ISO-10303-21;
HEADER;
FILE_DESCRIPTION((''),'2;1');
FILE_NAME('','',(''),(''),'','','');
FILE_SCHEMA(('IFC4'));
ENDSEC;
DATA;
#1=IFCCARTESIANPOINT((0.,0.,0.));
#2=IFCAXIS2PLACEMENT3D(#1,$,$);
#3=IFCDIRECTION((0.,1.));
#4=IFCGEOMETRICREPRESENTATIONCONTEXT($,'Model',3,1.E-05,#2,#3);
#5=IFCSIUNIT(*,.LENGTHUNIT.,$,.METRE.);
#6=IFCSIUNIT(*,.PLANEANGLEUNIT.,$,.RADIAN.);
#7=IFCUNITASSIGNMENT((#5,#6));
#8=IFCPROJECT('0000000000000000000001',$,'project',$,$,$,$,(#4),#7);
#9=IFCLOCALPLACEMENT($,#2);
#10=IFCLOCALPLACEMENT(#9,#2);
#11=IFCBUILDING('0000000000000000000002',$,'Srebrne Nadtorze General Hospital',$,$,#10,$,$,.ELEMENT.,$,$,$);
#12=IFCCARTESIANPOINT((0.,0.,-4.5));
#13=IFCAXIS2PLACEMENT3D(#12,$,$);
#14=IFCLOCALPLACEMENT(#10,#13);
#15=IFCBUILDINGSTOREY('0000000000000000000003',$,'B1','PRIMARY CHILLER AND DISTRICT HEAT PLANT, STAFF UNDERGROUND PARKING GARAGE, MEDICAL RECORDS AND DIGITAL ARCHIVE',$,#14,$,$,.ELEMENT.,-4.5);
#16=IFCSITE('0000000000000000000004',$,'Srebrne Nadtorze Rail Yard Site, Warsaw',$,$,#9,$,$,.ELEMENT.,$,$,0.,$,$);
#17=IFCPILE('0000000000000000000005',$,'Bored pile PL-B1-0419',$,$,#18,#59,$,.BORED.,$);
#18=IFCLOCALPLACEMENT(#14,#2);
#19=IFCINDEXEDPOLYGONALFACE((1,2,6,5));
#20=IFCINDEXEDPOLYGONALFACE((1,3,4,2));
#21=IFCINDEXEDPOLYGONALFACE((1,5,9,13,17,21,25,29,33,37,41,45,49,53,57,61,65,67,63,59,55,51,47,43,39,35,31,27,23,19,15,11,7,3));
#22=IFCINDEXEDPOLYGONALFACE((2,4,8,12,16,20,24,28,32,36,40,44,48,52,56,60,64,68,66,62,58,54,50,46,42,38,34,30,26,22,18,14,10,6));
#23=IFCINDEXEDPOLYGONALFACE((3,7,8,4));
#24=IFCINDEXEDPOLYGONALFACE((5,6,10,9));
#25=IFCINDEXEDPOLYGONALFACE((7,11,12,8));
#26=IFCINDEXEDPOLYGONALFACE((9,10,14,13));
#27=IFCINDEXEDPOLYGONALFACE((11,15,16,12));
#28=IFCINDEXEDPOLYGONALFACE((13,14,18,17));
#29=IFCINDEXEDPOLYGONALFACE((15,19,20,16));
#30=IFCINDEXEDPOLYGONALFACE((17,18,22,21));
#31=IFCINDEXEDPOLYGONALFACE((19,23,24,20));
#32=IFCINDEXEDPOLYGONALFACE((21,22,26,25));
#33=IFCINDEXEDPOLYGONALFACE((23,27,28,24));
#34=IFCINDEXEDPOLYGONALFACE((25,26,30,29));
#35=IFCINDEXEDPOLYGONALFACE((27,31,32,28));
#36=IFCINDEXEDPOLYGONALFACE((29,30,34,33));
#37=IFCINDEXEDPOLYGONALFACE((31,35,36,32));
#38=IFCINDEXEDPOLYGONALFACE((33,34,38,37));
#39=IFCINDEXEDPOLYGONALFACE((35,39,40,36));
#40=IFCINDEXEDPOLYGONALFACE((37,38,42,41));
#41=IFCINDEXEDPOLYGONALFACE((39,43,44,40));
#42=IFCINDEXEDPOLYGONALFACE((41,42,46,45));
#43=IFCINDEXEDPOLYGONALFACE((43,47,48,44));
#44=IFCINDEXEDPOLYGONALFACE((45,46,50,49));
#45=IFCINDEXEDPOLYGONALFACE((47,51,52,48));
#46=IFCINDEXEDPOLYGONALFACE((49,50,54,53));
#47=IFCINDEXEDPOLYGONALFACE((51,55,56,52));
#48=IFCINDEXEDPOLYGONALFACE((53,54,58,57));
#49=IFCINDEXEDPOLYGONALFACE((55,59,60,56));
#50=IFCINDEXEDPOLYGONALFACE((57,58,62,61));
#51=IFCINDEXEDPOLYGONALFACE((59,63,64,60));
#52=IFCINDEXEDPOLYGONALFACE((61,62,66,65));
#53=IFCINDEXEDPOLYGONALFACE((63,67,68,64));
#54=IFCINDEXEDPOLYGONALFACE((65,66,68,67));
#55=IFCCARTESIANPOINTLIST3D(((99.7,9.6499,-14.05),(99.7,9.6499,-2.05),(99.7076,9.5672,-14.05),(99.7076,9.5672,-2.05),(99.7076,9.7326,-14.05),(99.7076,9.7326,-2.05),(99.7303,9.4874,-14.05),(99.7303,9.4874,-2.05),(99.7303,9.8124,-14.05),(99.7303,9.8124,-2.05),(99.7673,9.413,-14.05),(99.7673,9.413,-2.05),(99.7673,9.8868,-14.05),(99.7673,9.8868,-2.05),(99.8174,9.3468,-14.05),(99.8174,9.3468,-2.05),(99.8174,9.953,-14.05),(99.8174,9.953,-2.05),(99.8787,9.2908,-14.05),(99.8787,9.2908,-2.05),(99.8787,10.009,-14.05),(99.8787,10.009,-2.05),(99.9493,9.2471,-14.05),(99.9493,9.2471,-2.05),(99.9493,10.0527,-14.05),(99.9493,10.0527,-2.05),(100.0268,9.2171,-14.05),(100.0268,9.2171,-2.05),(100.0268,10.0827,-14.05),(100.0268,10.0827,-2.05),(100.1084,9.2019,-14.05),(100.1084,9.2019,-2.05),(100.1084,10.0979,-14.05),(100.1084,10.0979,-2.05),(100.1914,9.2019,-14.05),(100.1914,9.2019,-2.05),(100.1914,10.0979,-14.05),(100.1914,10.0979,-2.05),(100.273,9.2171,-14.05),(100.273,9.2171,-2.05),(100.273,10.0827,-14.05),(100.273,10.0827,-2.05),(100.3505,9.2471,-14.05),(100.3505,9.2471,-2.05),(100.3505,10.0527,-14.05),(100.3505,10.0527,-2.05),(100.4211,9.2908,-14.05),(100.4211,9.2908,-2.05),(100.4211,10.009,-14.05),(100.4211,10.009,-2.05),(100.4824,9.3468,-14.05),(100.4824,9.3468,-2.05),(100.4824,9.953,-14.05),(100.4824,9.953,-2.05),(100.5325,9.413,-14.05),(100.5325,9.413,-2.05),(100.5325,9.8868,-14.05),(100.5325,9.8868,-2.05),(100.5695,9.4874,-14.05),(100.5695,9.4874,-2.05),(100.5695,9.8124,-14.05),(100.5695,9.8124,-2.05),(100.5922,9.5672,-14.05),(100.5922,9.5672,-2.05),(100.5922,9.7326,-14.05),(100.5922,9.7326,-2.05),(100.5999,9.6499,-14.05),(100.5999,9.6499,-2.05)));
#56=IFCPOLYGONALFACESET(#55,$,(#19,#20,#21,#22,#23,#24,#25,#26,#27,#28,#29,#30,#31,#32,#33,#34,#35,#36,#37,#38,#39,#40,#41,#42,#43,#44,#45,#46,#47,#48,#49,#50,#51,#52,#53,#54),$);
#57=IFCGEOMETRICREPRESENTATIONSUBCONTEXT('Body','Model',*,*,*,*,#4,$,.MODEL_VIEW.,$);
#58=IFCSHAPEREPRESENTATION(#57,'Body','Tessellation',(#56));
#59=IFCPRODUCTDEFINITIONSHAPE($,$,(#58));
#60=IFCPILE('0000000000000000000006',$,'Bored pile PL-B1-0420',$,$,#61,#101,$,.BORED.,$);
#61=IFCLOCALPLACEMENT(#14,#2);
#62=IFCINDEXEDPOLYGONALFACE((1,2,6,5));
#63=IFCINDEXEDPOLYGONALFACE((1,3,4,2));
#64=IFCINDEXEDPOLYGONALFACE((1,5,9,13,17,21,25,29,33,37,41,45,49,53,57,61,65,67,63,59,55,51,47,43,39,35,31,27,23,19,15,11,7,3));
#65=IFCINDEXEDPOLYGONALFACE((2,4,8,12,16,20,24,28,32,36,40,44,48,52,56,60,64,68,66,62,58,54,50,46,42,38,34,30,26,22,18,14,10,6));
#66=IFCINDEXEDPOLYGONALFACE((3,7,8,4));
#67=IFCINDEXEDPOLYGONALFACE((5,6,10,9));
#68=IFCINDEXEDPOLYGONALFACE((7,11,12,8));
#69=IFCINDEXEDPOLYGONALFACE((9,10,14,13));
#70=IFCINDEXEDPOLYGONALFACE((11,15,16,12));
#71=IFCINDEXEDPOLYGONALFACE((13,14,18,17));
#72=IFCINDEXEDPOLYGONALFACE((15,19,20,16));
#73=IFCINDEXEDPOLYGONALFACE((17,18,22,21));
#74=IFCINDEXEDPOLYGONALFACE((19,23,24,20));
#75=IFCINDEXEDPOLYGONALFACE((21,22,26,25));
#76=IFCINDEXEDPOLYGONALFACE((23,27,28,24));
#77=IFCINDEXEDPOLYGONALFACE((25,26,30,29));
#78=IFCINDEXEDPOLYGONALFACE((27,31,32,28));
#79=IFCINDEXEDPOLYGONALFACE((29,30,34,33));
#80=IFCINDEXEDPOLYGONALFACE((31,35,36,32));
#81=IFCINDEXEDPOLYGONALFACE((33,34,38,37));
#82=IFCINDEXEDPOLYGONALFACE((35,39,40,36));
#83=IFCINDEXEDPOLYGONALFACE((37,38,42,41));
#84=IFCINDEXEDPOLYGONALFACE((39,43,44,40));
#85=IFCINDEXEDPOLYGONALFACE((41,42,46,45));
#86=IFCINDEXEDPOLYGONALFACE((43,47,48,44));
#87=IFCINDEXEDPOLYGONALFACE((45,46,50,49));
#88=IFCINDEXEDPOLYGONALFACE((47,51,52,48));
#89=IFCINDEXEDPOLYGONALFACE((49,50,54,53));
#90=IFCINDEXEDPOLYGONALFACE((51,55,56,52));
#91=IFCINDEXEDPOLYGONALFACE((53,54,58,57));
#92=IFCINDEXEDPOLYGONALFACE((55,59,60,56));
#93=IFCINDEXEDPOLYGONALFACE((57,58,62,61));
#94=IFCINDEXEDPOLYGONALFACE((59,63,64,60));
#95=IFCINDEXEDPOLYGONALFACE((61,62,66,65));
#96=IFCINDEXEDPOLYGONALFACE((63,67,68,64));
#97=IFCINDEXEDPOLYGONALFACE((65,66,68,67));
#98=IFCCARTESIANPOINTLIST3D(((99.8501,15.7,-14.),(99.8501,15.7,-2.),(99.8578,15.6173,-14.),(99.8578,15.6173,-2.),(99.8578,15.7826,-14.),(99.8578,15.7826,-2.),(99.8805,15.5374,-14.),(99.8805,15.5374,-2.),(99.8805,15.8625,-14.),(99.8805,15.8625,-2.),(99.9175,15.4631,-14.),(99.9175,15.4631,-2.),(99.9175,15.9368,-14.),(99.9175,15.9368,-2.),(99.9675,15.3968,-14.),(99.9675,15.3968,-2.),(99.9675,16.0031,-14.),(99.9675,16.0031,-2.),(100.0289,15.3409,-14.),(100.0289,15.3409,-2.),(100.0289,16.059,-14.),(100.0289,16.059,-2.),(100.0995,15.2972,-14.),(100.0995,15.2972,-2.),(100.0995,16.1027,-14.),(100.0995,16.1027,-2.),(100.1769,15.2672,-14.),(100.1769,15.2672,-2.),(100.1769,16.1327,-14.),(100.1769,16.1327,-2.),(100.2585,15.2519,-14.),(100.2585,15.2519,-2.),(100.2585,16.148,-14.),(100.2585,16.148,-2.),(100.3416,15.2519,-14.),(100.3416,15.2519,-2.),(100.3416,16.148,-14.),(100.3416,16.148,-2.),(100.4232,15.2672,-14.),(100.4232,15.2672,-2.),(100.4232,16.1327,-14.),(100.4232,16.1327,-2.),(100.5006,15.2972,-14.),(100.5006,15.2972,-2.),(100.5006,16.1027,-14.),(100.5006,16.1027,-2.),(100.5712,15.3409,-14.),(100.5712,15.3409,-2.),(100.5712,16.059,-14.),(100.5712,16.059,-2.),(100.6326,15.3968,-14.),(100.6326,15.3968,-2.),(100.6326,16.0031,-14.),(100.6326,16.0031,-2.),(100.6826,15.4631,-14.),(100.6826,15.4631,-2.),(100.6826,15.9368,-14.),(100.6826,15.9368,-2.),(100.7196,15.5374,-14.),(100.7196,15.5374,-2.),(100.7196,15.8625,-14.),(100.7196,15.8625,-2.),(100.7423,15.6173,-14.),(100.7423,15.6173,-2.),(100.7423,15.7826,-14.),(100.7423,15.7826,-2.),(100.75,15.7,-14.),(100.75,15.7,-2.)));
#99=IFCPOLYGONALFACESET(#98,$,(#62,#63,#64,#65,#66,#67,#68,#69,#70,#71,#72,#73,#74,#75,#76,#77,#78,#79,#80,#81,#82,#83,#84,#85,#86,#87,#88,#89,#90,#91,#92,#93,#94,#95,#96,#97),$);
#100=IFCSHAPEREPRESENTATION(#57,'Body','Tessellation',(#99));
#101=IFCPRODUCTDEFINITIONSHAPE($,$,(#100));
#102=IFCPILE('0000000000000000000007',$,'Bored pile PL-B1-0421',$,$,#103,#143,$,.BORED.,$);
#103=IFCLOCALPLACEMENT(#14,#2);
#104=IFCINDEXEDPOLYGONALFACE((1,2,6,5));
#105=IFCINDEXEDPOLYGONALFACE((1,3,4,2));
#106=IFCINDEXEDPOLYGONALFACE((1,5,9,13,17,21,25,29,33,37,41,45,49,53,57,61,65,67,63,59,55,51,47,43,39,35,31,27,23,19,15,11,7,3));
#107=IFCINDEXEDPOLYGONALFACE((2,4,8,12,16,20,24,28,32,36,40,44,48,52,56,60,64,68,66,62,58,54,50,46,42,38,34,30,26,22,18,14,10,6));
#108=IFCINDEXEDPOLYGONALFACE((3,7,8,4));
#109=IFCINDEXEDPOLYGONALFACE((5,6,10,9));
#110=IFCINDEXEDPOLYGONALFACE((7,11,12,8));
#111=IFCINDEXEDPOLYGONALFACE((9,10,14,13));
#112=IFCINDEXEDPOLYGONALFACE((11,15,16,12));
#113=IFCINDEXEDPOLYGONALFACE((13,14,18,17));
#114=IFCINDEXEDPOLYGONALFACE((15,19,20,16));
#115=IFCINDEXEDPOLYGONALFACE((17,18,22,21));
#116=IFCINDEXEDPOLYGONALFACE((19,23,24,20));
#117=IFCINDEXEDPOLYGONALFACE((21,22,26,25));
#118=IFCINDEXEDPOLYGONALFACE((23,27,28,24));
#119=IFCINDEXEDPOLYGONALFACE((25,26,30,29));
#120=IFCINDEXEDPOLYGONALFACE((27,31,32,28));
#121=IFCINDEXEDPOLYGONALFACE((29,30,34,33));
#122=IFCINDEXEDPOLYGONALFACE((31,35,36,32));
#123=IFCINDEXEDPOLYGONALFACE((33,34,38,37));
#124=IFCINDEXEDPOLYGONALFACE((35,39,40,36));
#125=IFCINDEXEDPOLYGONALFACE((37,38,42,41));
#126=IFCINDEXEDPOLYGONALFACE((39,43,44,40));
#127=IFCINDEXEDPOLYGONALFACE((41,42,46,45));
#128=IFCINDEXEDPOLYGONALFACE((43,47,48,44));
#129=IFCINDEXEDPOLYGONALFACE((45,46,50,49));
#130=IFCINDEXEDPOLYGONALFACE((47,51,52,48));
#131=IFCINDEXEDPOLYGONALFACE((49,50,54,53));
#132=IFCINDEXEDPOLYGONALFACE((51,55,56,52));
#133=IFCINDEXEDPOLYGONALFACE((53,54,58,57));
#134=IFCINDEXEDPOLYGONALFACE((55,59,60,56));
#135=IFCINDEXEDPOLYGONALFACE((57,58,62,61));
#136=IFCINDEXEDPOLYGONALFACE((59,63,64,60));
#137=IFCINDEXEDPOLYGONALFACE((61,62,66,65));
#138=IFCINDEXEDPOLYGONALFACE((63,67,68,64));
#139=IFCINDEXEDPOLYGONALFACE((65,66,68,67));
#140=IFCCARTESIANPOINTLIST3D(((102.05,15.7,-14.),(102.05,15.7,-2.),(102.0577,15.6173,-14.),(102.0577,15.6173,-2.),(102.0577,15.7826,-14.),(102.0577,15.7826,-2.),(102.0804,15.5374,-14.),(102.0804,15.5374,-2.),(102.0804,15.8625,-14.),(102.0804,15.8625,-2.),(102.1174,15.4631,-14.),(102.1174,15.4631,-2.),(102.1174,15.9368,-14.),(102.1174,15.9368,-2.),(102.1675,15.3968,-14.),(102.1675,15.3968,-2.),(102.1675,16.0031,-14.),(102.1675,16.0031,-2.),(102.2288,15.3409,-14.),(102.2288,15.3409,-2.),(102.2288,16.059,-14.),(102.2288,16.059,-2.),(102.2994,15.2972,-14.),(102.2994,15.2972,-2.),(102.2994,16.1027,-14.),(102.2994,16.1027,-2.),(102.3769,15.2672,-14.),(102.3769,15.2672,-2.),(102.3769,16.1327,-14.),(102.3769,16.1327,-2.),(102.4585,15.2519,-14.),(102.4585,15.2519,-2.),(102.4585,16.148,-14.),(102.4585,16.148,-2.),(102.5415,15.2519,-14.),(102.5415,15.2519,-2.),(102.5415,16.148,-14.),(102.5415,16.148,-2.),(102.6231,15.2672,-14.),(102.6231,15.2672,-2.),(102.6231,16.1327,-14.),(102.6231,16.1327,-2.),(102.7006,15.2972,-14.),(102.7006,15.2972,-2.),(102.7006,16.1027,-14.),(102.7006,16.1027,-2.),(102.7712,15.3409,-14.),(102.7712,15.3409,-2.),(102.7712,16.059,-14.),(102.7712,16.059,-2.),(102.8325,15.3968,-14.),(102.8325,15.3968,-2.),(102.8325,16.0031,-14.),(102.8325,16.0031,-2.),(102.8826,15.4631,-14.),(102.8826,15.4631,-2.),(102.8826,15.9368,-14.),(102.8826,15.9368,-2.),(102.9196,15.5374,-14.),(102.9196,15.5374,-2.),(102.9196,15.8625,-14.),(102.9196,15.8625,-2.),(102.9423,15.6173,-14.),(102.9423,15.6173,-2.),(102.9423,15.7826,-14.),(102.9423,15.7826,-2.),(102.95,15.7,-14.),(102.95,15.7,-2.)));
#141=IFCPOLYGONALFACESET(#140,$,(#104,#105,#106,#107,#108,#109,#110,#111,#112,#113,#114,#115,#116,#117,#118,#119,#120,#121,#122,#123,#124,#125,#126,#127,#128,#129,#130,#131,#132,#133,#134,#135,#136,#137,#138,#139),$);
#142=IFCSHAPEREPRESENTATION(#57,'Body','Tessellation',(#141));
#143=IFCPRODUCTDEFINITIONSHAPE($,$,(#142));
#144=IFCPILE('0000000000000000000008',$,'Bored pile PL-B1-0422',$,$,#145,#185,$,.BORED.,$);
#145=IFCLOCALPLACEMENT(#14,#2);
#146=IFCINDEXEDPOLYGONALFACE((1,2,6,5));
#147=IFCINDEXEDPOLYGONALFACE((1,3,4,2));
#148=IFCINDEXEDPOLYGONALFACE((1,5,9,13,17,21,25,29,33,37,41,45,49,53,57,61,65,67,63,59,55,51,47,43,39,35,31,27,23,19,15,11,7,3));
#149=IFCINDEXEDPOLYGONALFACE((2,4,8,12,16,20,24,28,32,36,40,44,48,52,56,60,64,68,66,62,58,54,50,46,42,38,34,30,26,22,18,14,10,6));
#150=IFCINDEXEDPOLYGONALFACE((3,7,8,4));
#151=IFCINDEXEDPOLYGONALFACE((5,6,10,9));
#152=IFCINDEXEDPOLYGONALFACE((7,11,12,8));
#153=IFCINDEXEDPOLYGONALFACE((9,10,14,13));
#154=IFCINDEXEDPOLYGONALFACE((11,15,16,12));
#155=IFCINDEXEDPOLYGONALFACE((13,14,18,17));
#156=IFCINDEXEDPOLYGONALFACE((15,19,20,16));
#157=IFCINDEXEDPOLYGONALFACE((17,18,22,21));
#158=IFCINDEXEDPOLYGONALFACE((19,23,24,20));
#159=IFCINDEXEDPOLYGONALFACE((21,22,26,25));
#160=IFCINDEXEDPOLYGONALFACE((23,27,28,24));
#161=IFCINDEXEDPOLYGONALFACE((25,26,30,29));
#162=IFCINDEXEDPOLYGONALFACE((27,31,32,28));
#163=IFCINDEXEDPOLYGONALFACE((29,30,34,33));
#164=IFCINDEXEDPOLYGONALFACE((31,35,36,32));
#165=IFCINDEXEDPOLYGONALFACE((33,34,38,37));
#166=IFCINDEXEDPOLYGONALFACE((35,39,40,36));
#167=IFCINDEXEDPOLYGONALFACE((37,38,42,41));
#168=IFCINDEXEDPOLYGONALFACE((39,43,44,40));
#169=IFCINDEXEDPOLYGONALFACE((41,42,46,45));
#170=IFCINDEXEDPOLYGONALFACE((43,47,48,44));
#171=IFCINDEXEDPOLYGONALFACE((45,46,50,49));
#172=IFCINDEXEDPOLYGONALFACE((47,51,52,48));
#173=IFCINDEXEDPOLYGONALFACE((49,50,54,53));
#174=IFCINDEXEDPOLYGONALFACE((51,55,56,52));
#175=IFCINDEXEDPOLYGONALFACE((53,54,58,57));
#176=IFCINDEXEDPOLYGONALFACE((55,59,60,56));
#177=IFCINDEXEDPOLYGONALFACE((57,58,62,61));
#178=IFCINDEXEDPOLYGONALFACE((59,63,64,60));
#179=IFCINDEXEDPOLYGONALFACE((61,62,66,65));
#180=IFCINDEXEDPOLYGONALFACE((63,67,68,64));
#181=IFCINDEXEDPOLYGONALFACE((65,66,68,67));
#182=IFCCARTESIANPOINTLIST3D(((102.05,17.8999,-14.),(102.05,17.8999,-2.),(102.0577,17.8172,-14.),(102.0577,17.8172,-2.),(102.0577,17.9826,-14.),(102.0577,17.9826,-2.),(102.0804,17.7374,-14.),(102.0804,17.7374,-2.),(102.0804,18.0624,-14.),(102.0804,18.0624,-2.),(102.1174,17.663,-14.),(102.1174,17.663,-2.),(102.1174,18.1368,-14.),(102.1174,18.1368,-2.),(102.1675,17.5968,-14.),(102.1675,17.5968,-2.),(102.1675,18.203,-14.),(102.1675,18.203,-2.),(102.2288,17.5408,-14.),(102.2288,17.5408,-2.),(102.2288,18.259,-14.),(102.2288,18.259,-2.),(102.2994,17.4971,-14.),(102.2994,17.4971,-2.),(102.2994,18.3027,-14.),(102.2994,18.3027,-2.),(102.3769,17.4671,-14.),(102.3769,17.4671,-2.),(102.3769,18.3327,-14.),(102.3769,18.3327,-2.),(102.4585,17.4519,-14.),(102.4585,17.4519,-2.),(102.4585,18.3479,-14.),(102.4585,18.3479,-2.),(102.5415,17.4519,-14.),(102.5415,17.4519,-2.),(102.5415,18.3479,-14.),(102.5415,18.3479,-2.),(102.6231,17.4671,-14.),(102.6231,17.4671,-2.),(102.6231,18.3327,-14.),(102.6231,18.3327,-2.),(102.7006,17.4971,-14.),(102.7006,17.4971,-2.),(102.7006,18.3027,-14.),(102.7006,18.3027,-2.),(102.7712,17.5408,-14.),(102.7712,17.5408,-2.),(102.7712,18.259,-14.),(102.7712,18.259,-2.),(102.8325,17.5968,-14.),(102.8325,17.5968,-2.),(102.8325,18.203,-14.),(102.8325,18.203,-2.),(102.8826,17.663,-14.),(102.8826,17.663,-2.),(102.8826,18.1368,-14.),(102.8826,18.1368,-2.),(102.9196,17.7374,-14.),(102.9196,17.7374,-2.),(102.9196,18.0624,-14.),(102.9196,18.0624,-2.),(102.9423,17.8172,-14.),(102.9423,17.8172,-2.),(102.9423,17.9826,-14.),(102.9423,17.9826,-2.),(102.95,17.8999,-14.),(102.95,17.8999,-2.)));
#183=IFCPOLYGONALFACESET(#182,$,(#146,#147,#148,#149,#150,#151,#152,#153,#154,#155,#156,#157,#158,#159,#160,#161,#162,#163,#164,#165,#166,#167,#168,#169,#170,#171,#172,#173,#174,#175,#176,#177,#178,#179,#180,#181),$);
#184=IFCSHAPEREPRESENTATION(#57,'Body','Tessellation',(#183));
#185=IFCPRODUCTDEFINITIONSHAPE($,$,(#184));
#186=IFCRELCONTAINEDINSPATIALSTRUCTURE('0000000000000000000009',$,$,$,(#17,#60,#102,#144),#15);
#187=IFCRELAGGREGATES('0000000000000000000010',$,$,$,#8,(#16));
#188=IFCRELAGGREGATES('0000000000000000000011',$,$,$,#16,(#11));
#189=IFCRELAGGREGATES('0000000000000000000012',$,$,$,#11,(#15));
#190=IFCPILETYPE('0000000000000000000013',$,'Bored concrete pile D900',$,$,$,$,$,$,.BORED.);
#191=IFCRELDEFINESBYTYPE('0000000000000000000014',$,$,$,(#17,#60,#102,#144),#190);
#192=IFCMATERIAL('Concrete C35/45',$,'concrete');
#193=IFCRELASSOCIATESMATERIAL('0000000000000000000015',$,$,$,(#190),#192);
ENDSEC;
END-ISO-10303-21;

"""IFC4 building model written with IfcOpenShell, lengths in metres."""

from ifc_helpers import new_model, si_unit, direction, frame, origin, origin_2d, place, context, subcontext, project, spatial, circle, extrude, material, material_profile, profile_set, type_object, element, save


model = new_model("IFC4")

# Units and contexts
model_context = context("Model", 3, precision=1e-05, world=origin(), true_north=direction((0.0, 1.0)))
body_context = subcontext(model_context, "Body", "Model", "MODEL_VIEW")
ifc_project = project(units=[si_unit("LENGTHUNIT", "METRE"), si_unit("PLANEANGLEUNIT", "RADIAN")], contexts=[model_context])

# Site, building, storey
site_placement = place(None, origin())
site = spatial("IfcSite", under=ifc_project, at=site_placement, Name="Srebrne Nadtorze Rail Yard Site, Warsaw", CompositionType="ELEMENT", RefElevation=0.0)
building_placement = place(site_placement, origin())
building = spatial("IfcBuilding", under=site, at=building_placement, Name="Srebrne Nadtorze General Hospital", CompositionType="ELEMENT")
storey_placement = place(building_placement, frame((0.0, 0.0, -4.5)))
storey = spatial("IfcBuildingStorey", under=building, at=storey_placement, Name="B1", Description="PRIMARY CHILLER AND DISTRICT HEAT PLANT, STAFF UNDERGROUND PARKING GARAGE, MEDICAL RECORDS AND DIGITAL ARCHIVE", CompositionType="ELEMENT", Elevation=-4.5)

# Piles
ifc_material_1 = material(Name="Concrete C35/45", Category="concrete")
ifc_material_profile_1 = material_profile(ifc_material_1, circle(Radius=0.45, at=origin_2d()), Name="PILE-D900")
ifc_profile_set_1 = profile_set([ifc_material_profile_1], Name="Concrete C35/45")
pile_type_1 = type_object("IfcPileType", Name="Bored concrete pile D900", PredefinedType="BORED", material=ifc_profile_set_1)
for number, where, z_axis, x_axis, name in (
    (1, (100.1499, 9.6499, -2.05), (0.0, 0.0, -1.0), (1.0, 0.0, 0.0), "Bored pile PL-B1-0419"),
    (2, (100.3, 15.7, -2.0), (0.0, 0.0, -1.0), (1.0, 0.0, 0.0), "Bored pile PL-B1-0420"),
    (3, (102.5, 15.7, -2.0), (0.0, 0.0, -1.0), (1.0, 0.0, 0.0), "Bored pile PL-B1-0421"),
    (4, (102.5, 17.8999, -2.0), (0.0, 0.0, -1.0), (1.0, 0.0, 0.0), "Bored pile PL-B1-0422"),
):
    element("IfcPile", number, at=place(storey_placement, frame(where, z_axis=z_axis, x_axis=x_axis)), inside=storey, type_object=pile_type_1, Name=name, PredefinedType="BORED", context=body_context, shape_type="SweptSolid", body=[
        extrude(circle(Radius=0.45, at=origin_2d()), origin(), (0.0, 0.0, 1.0), 12.0),
    ])

save(model, "model.ifc")
